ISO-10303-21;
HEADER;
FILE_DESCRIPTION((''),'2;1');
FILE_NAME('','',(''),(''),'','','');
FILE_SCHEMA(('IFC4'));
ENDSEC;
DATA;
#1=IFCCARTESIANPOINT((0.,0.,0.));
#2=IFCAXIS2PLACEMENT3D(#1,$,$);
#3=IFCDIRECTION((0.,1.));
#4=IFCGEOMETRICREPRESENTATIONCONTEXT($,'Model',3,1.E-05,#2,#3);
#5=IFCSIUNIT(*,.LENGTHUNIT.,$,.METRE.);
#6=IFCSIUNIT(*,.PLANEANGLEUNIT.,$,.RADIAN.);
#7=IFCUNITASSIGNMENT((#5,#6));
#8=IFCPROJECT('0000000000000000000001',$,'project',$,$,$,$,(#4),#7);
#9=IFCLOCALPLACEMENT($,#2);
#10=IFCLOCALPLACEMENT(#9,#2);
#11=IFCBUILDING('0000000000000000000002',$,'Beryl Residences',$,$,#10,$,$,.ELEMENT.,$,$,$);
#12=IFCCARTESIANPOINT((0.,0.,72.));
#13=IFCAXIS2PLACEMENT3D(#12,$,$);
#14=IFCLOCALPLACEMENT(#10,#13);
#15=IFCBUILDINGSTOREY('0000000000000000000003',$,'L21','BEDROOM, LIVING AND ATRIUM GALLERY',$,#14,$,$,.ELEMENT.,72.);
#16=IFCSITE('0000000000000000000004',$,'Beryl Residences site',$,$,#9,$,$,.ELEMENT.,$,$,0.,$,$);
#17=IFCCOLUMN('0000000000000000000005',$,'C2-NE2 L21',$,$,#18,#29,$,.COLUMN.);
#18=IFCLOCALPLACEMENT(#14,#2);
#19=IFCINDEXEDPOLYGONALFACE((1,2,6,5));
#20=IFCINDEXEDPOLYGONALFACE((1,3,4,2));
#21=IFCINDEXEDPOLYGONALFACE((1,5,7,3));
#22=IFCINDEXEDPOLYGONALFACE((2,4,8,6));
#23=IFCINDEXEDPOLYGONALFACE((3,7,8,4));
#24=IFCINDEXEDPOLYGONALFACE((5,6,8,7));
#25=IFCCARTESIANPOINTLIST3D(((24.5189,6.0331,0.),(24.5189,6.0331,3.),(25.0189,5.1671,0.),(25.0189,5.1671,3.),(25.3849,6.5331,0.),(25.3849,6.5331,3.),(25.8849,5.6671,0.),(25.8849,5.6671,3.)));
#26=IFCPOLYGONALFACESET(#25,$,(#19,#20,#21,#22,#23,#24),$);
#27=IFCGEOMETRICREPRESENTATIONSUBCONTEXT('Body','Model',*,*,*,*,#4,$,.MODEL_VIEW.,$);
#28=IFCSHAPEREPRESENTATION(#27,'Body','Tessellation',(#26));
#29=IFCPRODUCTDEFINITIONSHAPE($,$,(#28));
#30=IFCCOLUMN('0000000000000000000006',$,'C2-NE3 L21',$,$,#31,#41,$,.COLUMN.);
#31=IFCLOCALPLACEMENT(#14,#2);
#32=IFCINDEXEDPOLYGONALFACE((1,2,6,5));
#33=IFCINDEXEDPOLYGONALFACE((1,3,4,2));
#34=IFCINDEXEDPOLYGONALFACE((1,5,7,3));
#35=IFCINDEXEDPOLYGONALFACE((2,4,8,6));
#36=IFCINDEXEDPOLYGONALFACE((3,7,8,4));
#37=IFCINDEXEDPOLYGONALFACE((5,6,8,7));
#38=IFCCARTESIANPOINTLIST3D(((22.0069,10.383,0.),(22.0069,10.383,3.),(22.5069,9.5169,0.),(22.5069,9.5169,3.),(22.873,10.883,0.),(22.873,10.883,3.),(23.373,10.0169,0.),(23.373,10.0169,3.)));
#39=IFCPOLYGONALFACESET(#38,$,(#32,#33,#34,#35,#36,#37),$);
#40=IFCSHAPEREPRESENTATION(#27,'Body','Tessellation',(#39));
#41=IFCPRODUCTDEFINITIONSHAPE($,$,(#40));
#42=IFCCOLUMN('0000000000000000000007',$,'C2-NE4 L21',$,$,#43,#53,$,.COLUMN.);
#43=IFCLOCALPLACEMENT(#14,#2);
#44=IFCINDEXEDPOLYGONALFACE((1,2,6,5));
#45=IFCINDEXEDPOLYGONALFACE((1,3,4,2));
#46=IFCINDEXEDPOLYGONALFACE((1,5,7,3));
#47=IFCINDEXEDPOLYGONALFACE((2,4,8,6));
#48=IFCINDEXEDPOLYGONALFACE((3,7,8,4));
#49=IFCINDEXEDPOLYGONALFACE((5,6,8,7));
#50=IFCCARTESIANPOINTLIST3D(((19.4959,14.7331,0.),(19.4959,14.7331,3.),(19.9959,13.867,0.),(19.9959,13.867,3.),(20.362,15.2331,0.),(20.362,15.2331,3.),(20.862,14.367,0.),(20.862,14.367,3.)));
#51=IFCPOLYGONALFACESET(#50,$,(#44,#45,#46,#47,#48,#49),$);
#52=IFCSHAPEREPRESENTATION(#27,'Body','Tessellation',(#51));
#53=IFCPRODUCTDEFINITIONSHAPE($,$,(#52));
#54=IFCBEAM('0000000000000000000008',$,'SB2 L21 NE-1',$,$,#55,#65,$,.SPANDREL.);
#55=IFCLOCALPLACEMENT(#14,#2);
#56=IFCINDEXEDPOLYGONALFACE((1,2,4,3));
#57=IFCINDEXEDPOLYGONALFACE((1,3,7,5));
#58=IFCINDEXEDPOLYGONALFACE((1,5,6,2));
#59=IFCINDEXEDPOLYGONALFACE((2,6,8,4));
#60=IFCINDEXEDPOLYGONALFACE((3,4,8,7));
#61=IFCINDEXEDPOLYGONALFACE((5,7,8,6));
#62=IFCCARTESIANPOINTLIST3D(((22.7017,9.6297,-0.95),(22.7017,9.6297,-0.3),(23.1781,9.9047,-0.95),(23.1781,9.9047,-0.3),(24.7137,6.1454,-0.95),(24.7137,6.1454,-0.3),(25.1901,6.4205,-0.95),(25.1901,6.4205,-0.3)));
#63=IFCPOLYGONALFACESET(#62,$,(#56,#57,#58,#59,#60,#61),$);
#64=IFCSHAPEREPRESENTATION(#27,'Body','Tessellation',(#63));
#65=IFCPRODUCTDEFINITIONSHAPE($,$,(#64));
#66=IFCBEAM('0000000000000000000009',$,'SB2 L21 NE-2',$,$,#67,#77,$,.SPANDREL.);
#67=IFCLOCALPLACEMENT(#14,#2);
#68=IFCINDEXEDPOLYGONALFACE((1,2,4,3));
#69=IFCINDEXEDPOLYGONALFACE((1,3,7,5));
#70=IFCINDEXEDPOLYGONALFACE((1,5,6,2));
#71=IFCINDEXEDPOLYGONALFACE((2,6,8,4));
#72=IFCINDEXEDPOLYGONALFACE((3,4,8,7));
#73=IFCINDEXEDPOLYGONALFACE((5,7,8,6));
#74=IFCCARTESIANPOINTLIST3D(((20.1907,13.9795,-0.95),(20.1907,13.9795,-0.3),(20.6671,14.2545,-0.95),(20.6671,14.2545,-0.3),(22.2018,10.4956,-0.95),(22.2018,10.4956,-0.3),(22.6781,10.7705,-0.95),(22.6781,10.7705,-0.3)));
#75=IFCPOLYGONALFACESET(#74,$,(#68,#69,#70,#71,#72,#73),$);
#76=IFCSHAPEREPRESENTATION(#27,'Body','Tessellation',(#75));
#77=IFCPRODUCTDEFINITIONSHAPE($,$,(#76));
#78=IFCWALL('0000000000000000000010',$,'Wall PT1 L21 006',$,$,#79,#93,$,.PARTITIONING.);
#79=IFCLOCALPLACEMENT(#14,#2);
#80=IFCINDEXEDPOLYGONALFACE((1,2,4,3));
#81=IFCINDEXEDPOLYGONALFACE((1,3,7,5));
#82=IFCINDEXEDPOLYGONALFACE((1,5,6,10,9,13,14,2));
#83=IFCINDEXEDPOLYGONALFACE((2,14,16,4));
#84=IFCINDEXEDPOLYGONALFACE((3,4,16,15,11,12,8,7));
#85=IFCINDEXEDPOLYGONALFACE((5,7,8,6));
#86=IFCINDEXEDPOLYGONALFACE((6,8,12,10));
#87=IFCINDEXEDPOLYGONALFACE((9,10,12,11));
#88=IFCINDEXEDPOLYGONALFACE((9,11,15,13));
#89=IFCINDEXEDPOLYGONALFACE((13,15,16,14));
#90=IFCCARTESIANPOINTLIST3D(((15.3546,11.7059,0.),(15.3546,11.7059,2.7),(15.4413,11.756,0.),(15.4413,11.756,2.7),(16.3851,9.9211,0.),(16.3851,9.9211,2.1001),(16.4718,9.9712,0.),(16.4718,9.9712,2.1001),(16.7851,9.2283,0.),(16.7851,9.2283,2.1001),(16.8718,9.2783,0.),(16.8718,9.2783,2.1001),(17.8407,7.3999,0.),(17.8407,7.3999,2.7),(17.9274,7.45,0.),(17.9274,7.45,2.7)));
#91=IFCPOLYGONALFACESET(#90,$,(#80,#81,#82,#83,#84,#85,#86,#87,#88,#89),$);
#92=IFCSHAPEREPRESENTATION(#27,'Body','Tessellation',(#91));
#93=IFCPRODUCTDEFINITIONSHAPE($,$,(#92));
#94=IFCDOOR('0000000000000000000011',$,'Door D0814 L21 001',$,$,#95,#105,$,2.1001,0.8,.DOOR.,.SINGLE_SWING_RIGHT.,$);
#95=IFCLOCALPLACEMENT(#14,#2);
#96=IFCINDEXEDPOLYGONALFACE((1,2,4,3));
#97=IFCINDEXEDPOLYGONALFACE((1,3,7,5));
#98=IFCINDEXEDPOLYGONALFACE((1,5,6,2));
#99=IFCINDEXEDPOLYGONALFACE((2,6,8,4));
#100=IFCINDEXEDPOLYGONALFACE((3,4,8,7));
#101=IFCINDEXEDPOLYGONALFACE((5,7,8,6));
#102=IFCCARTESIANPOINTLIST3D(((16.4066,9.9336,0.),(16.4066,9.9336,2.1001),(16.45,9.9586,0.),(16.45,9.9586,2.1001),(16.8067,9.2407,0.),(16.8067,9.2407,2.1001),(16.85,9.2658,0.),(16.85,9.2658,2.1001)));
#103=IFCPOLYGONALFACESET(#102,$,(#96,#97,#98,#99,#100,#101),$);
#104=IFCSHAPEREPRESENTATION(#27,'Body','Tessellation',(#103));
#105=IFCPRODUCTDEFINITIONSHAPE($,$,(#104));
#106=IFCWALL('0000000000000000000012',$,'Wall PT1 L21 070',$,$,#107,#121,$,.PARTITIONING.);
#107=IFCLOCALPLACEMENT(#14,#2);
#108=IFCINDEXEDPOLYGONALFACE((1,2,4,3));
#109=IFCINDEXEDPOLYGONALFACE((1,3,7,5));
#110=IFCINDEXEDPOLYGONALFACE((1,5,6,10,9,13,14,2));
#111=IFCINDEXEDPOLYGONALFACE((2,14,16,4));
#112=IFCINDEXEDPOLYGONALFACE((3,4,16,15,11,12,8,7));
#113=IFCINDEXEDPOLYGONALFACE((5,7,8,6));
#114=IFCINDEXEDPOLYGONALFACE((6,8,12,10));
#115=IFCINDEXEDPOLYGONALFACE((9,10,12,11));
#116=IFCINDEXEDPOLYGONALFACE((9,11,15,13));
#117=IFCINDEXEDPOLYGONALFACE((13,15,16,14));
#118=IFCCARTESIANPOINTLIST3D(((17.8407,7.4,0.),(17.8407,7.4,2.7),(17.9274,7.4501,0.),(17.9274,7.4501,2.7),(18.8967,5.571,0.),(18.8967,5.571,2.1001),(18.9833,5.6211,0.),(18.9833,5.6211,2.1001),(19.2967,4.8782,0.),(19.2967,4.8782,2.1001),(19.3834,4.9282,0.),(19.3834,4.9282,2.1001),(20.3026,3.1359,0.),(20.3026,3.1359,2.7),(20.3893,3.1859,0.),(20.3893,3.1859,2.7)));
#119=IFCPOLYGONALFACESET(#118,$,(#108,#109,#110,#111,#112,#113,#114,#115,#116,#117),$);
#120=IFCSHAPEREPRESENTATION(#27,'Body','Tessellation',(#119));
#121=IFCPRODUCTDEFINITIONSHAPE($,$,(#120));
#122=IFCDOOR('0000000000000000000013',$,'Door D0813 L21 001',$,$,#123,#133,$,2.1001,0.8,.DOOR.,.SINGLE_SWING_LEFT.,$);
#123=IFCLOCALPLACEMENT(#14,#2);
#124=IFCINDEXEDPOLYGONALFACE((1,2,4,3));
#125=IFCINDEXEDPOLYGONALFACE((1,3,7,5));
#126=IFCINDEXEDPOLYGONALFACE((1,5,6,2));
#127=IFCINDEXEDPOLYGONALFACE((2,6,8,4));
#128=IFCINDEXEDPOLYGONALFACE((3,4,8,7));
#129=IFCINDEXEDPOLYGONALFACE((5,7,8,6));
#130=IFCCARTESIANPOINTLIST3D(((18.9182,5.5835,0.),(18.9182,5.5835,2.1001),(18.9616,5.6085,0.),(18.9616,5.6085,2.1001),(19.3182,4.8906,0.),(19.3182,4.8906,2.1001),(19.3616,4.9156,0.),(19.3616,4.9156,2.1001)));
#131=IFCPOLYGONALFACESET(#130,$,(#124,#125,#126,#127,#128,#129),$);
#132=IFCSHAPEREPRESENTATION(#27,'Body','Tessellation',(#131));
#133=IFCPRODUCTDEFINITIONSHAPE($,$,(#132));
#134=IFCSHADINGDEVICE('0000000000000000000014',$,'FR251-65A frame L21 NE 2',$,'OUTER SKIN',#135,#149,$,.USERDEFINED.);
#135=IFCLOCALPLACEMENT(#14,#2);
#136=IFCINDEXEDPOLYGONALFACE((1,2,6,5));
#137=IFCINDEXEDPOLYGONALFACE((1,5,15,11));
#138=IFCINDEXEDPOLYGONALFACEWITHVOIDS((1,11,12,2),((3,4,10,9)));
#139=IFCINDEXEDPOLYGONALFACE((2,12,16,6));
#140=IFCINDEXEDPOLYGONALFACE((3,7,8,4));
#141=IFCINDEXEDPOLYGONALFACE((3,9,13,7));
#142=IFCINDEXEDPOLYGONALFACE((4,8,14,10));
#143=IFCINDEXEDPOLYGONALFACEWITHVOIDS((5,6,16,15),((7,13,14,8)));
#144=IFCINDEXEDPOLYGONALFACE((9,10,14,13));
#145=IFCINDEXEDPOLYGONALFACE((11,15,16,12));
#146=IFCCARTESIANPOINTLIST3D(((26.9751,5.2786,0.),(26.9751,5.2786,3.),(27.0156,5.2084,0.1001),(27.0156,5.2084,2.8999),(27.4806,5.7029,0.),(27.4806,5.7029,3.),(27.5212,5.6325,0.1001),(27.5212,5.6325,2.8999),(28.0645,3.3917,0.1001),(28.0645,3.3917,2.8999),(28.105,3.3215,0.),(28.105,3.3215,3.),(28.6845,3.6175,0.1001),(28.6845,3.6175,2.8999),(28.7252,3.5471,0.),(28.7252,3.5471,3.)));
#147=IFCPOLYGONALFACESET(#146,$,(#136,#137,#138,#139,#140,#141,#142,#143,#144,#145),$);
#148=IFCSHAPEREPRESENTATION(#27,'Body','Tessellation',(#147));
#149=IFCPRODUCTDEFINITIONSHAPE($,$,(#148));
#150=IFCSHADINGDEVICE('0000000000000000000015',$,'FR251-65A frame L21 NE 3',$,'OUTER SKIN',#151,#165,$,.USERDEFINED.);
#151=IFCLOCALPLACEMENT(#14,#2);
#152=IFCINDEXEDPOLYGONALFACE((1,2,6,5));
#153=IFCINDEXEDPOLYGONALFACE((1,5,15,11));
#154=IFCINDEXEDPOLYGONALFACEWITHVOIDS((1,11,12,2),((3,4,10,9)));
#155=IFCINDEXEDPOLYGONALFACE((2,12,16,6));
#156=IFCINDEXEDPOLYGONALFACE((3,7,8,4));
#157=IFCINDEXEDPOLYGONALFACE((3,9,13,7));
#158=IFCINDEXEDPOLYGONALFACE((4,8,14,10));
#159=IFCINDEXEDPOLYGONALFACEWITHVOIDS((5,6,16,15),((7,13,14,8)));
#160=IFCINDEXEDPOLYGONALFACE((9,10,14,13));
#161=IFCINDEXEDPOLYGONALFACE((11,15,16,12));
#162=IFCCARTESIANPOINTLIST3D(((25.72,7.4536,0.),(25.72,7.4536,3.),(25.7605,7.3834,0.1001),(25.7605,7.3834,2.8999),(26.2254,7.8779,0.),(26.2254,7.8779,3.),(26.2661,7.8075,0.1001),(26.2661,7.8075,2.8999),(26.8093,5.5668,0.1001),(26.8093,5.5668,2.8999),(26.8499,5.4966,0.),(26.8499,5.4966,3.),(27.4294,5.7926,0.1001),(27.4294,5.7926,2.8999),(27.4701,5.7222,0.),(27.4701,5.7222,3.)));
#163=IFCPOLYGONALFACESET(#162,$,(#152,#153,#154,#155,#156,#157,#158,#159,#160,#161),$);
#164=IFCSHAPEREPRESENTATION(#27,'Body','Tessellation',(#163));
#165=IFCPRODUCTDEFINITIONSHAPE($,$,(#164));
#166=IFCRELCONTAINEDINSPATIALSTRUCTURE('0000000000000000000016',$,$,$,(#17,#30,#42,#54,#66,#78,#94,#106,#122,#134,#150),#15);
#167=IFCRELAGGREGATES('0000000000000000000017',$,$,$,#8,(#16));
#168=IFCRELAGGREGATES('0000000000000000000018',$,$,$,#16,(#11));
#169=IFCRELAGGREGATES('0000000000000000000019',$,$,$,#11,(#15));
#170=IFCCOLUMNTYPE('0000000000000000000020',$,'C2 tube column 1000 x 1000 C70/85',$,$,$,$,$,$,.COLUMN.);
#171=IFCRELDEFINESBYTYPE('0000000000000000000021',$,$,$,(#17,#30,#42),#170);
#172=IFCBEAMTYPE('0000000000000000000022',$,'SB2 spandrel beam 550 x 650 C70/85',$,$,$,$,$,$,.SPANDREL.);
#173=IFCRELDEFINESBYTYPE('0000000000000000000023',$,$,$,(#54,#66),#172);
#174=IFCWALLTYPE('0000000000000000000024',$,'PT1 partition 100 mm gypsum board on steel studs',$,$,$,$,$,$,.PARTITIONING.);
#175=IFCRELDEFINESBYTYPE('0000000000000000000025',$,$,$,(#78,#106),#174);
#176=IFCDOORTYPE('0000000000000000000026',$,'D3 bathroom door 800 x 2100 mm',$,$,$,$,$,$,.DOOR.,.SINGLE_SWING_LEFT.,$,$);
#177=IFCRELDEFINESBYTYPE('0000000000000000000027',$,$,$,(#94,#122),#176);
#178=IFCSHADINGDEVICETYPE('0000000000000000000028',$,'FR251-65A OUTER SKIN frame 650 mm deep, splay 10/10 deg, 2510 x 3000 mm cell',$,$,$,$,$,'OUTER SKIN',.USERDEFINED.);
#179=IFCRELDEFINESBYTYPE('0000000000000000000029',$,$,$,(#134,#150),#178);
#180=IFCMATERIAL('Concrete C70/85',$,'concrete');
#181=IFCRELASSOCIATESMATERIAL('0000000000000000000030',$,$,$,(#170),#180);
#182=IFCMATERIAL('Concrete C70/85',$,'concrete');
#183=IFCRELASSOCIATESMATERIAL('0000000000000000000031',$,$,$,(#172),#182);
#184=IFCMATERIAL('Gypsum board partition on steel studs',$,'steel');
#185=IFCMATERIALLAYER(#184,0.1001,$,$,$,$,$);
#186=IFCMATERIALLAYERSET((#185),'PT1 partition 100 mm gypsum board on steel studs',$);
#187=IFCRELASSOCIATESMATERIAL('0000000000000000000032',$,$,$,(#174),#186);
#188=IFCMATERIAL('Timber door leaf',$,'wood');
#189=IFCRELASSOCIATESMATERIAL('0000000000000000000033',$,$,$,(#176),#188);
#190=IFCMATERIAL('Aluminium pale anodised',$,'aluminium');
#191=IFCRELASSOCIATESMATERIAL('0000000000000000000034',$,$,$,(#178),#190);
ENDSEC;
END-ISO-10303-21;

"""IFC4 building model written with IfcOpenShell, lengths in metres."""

from ifc_helpers import new_model, entity, si_unit, direction, frame, frame_2d, origin, origin_2d, place, context, subcontext, project, spatial, rectangle, extrude, source, transform, mapped, material, layer, layer_set, material_profile, profile_set, type_object, type_shapes, element, fill, save


model = new_model("IFC4")

# Units and contexts
model_context = context("Model", 3, precision=1e-05, world=origin(), true_north=direction((0.0, 1.0)))
body_context = subcontext(model_context, "Body", "Model", "MODEL_VIEW")
ifc_project = project(units=[si_unit("LENGTHUNIT", "METRE"), si_unit("PLANEANGLEUNIT", "RADIAN")], contexts=[model_context])

# Site, building, storey
site_placement = place(None, origin())
site = spatial("IfcSite", under=ifc_project, at=site_placement, Name="Beryl Residences site", CompositionType="ELEMENT", RefElevation=0.0)
building_placement = place(site_placement, origin())
building = spatial("IfcBuilding", under=site, at=building_placement, Name="Beryl Residences", CompositionType="ELEMENT")
storey_placement = place(building_placement, frame((0.0, 0.0, 72.0)))
storey = spatial("IfcBuildingStorey", under=building, at=storey_placement, Name="L21", Description="BEDROOM, LIVING AND ATRIUM GALLERY", CompositionType="ELEMENT", Elevation=72.0)

# Columns
ifc_material_1 = material(Name="Concrete C70/85", Category="concrete")
ifc_material_profile_1 = material_profile(ifc_material_1, rectangle(XDim=1.0, YDim=1.0, at=origin_2d()))
ifc_profile_set_1 = profile_set([ifc_material_profile_1], Name="Concrete C70/85")
column_type = type_object("IfcColumnType", Name="C2 tube column 1000 x 1000 C70/85", PredefinedType="COLUMN", material=ifc_profile_set_1)
for number, where, z_axis, x_axis, name in (
    (1, (25.2019, 5.8501, 0.0), (0.0, 0.0, 1.0), (-0.5, 0.866025, 0.0), "C2-NE2 L21"),
    (2, (22.6899, 10.2, 0.0), (0.0, 0.0, 1.0), (-0.5, 0.866025, 0.0), "C2-NE3 L21"),
    (3, (20.179, 14.55, 0.0), (0.0, 0.0, 1.0), (-0.5, 0.866025, 0.0), "C2-NE4 L21"),
):
    element("IfcColumn", number, at=place(storey_placement, frame(where, z_axis=z_axis, x_axis=x_axis)), inside=storey, type_object=column_type, Name=name, PredefinedType="COLUMN", context=body_context, shape_type="SweptSolid", body=[
        extrude(rectangle(XDim=1.0, YDim=1.0, at=origin_2d()), origin(), (0.0, 0.0, 1.0), 3.0),
    ])

# Beams
ifc_material_2 = material(Name="Concrete C70/85", Category="concrete")
ifc_material_profile_2 = material_profile(ifc_material_2, rectangle(XDim=0.55, YDim=0.6499, at=origin_2d()))
ifc_profile_set_2 = profile_set([ifc_material_profile_2], Name="Concrete C70/85")
beam_type = type_object("IfcBeamType", Name="SB2 spandrel beam 550 x 650 C70/85", PredefinedType="SPANDREL", material=ifc_profile_set_2)
beam_1_placement = place(storey_placement, frame((24.9519, 6.283, -0.625), z_axis=(-0.500074, 0.865982, 0.0), x_axis=(-0.865982, -0.500074, 0.0)))
element("IfcBeam", 4, at=beam_1_placement, inside=storey, type_object=beam_type, Name="SB2 L21 NE-1", PredefinedType="SPANDREL", context=body_context, shape_type="SweptSolid", body=[
    extrude(rectangle(XDim=0.55, YDim=0.6499, at=origin_2d()), origin(), (0.0, 0.0, 1.0), 4.0234),
])
beam_2_placement = place(storey_placement, frame((22.4399, 10.6331, -0.625), z_axis=(-0.499919, 0.866072, 0.0), x_axis=(-0.866072, -0.499919, 0.0)))
element("IfcBeam", 5, at=beam_2_placement, inside=storey, type_object=beam_type, Name="SB2 L21 NE-2", PredefinedType="SPANDREL", context=body_context, shape_type="SweptSolid", body=[
    extrude(rectangle(XDim=0.55, YDim=0.6499, at=origin_2d()), origin(), (0.0, 0.0, 1.0), 4.0227),
])

# Walls, openings, doors
ifc_material_3 = material(Name="Gypsum board partition on steel studs", Category="steel")
ifc_layer = layer(ifc_material_3, 0.1001)
ifc_layer_set = layer_set([ifc_layer], Name="PT1 partition 100 mm gypsum board on steel studs")
wall_type = type_object("IfcWallType", Name="PT1 partition 100 mm gypsum board on steel studs", PredefinedType="PARTITIONING", material=ifc_layer_set)
wall_1_placement = place(storey_placement, frame((15.3979, 11.731, 0.0), z_axis=(0.0, 0.0, 1.0), x_axis=(0.50001, -0.86602, 0.0)))
wall_1 = element("IfcWall", 6, at=wall_1_placement, inside=storey, type_object=wall_type, Name="Wall PT1 L21 006", PredefinedType="PARTITIONING", context=body_context, shape_type="SweptSolid", body=[
    extrude(rectangle(XDim=4.9722, YDim=0.1001, at=frame_2d((2.4861, 0.0))), origin(), (0.0, 0.0, 1.0), 2.7),
])
opening_1_placement = place(wall_1_placement, frame((2.061, 0.0, 0.0)))
opening_1 = element("IfcOpeningElement", 7, at=opening_1_placement, cuts=wall_1, PredefinedType="OPENING", context=body_context, shape_type="SweptSolid", body=[
    extrude(rectangle(XDim=0.8, YDim=2.1001, at=frame_2d((0.3999, 1.05))), frame((0.0, 0.0601, 0.0), z_axis=(0.0, -1.0, 0.0), x_axis=(1.0, 0.0, 0.0)), (0.0, 0.0, 1.0), 0.1201),
])
ifc_material_4 = material(Name="Timber door leaf", Category="wood")
door_type = type_object("IfcDoorType", Name="D3 bathroom door 800 x 2100 mm", OperationType="SINGLE_SWING_LEFT", PredefinedType="DOOR", material=ifc_material_4)
door_1_placement = place(opening_1_placement, origin())
door_1 = element("IfcDoor", 8, at=door_1_placement, inside=storey, type_object=door_type, Name="Door D0814 L21 001", OperationType="SINGLE_SWING_RIGHT", OverallHeight=2.1001, OverallWidth=0.8, PredefinedType="DOOR", context=body_context, shape_type="SweptSolid", body=[
    extrude(rectangle(XDim=0.8, YDim=2.1001, at=frame_2d((0.3999, 1.05))), frame((0.0, 0.0249, 0.0), z_axis=(0.0, -1.0, 0.0), x_axis=(1.0, 0.0, 0.0)), (0.0, 0.0, 1.0), 0.05),
])
fill(opening_1, door_1)
wall_2_placement = place(storey_placement, frame((17.884, 7.425, 0.0), z_axis=(0.0, 0.0, 1.0), x_axis=(0.5, -0.866025, 0.0)))
wall_2 = element("IfcWall", 9, at=wall_2_placement, inside=storey, type_object=wall_type, Name="Wall PT1 L21 070", PredefinedType="PARTITIONING", context=body_context, shape_type="SweptSolid", body=[
    extrude(rectangle(XDim=4.9238, YDim=0.1001, at=frame_2d((2.4619, 0.0))), origin(), (0.0, 0.0, 1.0), 2.7),
])
opening_2_placement = place(wall_2_placement, frame((2.1121, 0.0, 0.0)))
opening_2 = element("IfcOpeningElement", 10, at=opening_2_placement, cuts=wall_2, PredefinedType="OPENING", context=body_context, shape_type="SweptSolid", body=[
    extrude(rectangle(XDim=0.8, YDim=2.1001, at=frame_2d((0.3999, 1.05))), frame((0.0, 0.0601, 0.0), z_axis=(0.0, -1.0, 0.0), x_axis=(1.0, 0.0, 0.0)), (0.0, 0.0, 1.0), 0.1201),
])
door_2_placement = place(opening_2_placement, origin())
door_2 = element("IfcDoor", 11, at=door_2_placement, inside=storey, type_object=door_type, Name="Door D0813 L21 001", OperationType="SINGLE_SWING_LEFT", OverallHeight=2.1001, OverallWidth=0.8, PredefinedType="DOOR", context=body_context, shape_type="SweptSolid", body=[
    extrude(rectangle(XDim=0.8, YDim=2.1001, at=frame_2d((0.3999, 1.05))), frame((0.0, 0.0249, 0.0), z_axis=(0.0, -1.0, 0.0), x_axis=(1.0, 0.0, 0.0)), (0.0, 0.0, 1.0), 0.05),
])
fill(opening_2, door_2)

# Shading devices
ifc_material_5 = material(Name="Aluminium pale anodised", Category="aluminium")
shading_device_type = type_object("IfcShadingDeviceType", Name="FR251-65A OUTER SKIN frame 650 mm deep, splay 10/10 deg, 2510 x 3000 mm cell", ElementType="OUTER SKIN", PredefinedType="USERDEFINED", material=ifc_material_5)
cartesian_point_1 = entity("IfcCartesianPoint", [-1.1299, 0.0])
cartesian_point_2 = entity("IfcCartesianPoint", [-1.0488, 0.1001])
cartesian_point_3 = entity("IfcCartesianPoint", [-1.2446, 0.0])
cartesian_point_4 = entity("IfcCartesianPoint", [-1.1633, 0.1001])
shared_shape = source(origin(), body_context, "Body", "SweptSolid", [
    entity("IfcExtrudedAreaSolidTapered", entity("IfcArbitraryProfileDefWithVoids", "AREA", None, entity("IfcPolyline", [cartesian_point_1, entity("IfcCartesianPoint", [1.1299, 0.0]), entity("IfcCartesianPoint", [1.1299, 3.0]), entity("IfcCartesianPoint", [-1.1299, 3.0]), cartesian_point_1]), [entity("IfcPolyline", [cartesian_point_2, entity("IfcCartesianPoint", [1.0488, 0.1001]), entity("IfcCartesianPoint", [1.0488, 2.8999]), entity("IfcCartesianPoint", [-1.0488, 2.8999]), cartesian_point_2])]), entity("IfcAxis2Placement3D", entity("IfcCartesianPoint", [0.0, 0.0, 0.0]), entity("IfcDirection", [0.0, 1.0, 0.0]), entity("IfcDirection", [-1.0, 0.0, 0.0])), entity("IfcDirection", [0.0, 0.0, 1.0]), 0.6499, entity("IfcArbitraryProfileDefWithVoids", "AREA", None, entity("IfcPolyline", [cartesian_point_3, entity("IfcCartesianPoint", [1.2446, 0.0]), entity("IfcCartesianPoint", [1.2446, 3.0]), entity("IfcCartesianPoint", [-1.2446, 3.0]), cartesian_point_3]), [entity("IfcPolyline", [cartesian_point_4, entity("IfcCartesianPoint", [1.1633, 0.1001]), entity("IfcCartesianPoint", [1.1633, 2.8999]), entity("IfcCartesianPoint", [-1.1633, 2.8999]), cartesian_point_4])])),
])
type_shapes(shading_device_type, [shared_shape])
for number, where, z_axis, x_axis, name in (
    (12, (27.54, 4.3, 0.0), (0.0, 0.0, 1.0), (0.5, -0.866025, 0.0), "FR251-65A frame L21 NE 2"),
    (13, (26.2849, 6.4751, 0.0), (0.0, 0.0, 1.0), (0.5, -0.866025, 0.0), "FR251-65A frame L21 NE 3"),
):
    element("IfcShadingDevice", number, at=place(storey_placement, frame(where, z_axis=z_axis, x_axis=x_axis)), inside=storey, type_object=shading_device_type, Name=name, ObjectType="OUTER SKIN", PredefinedType="USERDEFINED", context=body_context, shape_type="MappedRepresentation", body=[
        mapped(shared_shape, transform((0.0, 0.0, 0.0))),
    ])

save(model, "model.ifc")
